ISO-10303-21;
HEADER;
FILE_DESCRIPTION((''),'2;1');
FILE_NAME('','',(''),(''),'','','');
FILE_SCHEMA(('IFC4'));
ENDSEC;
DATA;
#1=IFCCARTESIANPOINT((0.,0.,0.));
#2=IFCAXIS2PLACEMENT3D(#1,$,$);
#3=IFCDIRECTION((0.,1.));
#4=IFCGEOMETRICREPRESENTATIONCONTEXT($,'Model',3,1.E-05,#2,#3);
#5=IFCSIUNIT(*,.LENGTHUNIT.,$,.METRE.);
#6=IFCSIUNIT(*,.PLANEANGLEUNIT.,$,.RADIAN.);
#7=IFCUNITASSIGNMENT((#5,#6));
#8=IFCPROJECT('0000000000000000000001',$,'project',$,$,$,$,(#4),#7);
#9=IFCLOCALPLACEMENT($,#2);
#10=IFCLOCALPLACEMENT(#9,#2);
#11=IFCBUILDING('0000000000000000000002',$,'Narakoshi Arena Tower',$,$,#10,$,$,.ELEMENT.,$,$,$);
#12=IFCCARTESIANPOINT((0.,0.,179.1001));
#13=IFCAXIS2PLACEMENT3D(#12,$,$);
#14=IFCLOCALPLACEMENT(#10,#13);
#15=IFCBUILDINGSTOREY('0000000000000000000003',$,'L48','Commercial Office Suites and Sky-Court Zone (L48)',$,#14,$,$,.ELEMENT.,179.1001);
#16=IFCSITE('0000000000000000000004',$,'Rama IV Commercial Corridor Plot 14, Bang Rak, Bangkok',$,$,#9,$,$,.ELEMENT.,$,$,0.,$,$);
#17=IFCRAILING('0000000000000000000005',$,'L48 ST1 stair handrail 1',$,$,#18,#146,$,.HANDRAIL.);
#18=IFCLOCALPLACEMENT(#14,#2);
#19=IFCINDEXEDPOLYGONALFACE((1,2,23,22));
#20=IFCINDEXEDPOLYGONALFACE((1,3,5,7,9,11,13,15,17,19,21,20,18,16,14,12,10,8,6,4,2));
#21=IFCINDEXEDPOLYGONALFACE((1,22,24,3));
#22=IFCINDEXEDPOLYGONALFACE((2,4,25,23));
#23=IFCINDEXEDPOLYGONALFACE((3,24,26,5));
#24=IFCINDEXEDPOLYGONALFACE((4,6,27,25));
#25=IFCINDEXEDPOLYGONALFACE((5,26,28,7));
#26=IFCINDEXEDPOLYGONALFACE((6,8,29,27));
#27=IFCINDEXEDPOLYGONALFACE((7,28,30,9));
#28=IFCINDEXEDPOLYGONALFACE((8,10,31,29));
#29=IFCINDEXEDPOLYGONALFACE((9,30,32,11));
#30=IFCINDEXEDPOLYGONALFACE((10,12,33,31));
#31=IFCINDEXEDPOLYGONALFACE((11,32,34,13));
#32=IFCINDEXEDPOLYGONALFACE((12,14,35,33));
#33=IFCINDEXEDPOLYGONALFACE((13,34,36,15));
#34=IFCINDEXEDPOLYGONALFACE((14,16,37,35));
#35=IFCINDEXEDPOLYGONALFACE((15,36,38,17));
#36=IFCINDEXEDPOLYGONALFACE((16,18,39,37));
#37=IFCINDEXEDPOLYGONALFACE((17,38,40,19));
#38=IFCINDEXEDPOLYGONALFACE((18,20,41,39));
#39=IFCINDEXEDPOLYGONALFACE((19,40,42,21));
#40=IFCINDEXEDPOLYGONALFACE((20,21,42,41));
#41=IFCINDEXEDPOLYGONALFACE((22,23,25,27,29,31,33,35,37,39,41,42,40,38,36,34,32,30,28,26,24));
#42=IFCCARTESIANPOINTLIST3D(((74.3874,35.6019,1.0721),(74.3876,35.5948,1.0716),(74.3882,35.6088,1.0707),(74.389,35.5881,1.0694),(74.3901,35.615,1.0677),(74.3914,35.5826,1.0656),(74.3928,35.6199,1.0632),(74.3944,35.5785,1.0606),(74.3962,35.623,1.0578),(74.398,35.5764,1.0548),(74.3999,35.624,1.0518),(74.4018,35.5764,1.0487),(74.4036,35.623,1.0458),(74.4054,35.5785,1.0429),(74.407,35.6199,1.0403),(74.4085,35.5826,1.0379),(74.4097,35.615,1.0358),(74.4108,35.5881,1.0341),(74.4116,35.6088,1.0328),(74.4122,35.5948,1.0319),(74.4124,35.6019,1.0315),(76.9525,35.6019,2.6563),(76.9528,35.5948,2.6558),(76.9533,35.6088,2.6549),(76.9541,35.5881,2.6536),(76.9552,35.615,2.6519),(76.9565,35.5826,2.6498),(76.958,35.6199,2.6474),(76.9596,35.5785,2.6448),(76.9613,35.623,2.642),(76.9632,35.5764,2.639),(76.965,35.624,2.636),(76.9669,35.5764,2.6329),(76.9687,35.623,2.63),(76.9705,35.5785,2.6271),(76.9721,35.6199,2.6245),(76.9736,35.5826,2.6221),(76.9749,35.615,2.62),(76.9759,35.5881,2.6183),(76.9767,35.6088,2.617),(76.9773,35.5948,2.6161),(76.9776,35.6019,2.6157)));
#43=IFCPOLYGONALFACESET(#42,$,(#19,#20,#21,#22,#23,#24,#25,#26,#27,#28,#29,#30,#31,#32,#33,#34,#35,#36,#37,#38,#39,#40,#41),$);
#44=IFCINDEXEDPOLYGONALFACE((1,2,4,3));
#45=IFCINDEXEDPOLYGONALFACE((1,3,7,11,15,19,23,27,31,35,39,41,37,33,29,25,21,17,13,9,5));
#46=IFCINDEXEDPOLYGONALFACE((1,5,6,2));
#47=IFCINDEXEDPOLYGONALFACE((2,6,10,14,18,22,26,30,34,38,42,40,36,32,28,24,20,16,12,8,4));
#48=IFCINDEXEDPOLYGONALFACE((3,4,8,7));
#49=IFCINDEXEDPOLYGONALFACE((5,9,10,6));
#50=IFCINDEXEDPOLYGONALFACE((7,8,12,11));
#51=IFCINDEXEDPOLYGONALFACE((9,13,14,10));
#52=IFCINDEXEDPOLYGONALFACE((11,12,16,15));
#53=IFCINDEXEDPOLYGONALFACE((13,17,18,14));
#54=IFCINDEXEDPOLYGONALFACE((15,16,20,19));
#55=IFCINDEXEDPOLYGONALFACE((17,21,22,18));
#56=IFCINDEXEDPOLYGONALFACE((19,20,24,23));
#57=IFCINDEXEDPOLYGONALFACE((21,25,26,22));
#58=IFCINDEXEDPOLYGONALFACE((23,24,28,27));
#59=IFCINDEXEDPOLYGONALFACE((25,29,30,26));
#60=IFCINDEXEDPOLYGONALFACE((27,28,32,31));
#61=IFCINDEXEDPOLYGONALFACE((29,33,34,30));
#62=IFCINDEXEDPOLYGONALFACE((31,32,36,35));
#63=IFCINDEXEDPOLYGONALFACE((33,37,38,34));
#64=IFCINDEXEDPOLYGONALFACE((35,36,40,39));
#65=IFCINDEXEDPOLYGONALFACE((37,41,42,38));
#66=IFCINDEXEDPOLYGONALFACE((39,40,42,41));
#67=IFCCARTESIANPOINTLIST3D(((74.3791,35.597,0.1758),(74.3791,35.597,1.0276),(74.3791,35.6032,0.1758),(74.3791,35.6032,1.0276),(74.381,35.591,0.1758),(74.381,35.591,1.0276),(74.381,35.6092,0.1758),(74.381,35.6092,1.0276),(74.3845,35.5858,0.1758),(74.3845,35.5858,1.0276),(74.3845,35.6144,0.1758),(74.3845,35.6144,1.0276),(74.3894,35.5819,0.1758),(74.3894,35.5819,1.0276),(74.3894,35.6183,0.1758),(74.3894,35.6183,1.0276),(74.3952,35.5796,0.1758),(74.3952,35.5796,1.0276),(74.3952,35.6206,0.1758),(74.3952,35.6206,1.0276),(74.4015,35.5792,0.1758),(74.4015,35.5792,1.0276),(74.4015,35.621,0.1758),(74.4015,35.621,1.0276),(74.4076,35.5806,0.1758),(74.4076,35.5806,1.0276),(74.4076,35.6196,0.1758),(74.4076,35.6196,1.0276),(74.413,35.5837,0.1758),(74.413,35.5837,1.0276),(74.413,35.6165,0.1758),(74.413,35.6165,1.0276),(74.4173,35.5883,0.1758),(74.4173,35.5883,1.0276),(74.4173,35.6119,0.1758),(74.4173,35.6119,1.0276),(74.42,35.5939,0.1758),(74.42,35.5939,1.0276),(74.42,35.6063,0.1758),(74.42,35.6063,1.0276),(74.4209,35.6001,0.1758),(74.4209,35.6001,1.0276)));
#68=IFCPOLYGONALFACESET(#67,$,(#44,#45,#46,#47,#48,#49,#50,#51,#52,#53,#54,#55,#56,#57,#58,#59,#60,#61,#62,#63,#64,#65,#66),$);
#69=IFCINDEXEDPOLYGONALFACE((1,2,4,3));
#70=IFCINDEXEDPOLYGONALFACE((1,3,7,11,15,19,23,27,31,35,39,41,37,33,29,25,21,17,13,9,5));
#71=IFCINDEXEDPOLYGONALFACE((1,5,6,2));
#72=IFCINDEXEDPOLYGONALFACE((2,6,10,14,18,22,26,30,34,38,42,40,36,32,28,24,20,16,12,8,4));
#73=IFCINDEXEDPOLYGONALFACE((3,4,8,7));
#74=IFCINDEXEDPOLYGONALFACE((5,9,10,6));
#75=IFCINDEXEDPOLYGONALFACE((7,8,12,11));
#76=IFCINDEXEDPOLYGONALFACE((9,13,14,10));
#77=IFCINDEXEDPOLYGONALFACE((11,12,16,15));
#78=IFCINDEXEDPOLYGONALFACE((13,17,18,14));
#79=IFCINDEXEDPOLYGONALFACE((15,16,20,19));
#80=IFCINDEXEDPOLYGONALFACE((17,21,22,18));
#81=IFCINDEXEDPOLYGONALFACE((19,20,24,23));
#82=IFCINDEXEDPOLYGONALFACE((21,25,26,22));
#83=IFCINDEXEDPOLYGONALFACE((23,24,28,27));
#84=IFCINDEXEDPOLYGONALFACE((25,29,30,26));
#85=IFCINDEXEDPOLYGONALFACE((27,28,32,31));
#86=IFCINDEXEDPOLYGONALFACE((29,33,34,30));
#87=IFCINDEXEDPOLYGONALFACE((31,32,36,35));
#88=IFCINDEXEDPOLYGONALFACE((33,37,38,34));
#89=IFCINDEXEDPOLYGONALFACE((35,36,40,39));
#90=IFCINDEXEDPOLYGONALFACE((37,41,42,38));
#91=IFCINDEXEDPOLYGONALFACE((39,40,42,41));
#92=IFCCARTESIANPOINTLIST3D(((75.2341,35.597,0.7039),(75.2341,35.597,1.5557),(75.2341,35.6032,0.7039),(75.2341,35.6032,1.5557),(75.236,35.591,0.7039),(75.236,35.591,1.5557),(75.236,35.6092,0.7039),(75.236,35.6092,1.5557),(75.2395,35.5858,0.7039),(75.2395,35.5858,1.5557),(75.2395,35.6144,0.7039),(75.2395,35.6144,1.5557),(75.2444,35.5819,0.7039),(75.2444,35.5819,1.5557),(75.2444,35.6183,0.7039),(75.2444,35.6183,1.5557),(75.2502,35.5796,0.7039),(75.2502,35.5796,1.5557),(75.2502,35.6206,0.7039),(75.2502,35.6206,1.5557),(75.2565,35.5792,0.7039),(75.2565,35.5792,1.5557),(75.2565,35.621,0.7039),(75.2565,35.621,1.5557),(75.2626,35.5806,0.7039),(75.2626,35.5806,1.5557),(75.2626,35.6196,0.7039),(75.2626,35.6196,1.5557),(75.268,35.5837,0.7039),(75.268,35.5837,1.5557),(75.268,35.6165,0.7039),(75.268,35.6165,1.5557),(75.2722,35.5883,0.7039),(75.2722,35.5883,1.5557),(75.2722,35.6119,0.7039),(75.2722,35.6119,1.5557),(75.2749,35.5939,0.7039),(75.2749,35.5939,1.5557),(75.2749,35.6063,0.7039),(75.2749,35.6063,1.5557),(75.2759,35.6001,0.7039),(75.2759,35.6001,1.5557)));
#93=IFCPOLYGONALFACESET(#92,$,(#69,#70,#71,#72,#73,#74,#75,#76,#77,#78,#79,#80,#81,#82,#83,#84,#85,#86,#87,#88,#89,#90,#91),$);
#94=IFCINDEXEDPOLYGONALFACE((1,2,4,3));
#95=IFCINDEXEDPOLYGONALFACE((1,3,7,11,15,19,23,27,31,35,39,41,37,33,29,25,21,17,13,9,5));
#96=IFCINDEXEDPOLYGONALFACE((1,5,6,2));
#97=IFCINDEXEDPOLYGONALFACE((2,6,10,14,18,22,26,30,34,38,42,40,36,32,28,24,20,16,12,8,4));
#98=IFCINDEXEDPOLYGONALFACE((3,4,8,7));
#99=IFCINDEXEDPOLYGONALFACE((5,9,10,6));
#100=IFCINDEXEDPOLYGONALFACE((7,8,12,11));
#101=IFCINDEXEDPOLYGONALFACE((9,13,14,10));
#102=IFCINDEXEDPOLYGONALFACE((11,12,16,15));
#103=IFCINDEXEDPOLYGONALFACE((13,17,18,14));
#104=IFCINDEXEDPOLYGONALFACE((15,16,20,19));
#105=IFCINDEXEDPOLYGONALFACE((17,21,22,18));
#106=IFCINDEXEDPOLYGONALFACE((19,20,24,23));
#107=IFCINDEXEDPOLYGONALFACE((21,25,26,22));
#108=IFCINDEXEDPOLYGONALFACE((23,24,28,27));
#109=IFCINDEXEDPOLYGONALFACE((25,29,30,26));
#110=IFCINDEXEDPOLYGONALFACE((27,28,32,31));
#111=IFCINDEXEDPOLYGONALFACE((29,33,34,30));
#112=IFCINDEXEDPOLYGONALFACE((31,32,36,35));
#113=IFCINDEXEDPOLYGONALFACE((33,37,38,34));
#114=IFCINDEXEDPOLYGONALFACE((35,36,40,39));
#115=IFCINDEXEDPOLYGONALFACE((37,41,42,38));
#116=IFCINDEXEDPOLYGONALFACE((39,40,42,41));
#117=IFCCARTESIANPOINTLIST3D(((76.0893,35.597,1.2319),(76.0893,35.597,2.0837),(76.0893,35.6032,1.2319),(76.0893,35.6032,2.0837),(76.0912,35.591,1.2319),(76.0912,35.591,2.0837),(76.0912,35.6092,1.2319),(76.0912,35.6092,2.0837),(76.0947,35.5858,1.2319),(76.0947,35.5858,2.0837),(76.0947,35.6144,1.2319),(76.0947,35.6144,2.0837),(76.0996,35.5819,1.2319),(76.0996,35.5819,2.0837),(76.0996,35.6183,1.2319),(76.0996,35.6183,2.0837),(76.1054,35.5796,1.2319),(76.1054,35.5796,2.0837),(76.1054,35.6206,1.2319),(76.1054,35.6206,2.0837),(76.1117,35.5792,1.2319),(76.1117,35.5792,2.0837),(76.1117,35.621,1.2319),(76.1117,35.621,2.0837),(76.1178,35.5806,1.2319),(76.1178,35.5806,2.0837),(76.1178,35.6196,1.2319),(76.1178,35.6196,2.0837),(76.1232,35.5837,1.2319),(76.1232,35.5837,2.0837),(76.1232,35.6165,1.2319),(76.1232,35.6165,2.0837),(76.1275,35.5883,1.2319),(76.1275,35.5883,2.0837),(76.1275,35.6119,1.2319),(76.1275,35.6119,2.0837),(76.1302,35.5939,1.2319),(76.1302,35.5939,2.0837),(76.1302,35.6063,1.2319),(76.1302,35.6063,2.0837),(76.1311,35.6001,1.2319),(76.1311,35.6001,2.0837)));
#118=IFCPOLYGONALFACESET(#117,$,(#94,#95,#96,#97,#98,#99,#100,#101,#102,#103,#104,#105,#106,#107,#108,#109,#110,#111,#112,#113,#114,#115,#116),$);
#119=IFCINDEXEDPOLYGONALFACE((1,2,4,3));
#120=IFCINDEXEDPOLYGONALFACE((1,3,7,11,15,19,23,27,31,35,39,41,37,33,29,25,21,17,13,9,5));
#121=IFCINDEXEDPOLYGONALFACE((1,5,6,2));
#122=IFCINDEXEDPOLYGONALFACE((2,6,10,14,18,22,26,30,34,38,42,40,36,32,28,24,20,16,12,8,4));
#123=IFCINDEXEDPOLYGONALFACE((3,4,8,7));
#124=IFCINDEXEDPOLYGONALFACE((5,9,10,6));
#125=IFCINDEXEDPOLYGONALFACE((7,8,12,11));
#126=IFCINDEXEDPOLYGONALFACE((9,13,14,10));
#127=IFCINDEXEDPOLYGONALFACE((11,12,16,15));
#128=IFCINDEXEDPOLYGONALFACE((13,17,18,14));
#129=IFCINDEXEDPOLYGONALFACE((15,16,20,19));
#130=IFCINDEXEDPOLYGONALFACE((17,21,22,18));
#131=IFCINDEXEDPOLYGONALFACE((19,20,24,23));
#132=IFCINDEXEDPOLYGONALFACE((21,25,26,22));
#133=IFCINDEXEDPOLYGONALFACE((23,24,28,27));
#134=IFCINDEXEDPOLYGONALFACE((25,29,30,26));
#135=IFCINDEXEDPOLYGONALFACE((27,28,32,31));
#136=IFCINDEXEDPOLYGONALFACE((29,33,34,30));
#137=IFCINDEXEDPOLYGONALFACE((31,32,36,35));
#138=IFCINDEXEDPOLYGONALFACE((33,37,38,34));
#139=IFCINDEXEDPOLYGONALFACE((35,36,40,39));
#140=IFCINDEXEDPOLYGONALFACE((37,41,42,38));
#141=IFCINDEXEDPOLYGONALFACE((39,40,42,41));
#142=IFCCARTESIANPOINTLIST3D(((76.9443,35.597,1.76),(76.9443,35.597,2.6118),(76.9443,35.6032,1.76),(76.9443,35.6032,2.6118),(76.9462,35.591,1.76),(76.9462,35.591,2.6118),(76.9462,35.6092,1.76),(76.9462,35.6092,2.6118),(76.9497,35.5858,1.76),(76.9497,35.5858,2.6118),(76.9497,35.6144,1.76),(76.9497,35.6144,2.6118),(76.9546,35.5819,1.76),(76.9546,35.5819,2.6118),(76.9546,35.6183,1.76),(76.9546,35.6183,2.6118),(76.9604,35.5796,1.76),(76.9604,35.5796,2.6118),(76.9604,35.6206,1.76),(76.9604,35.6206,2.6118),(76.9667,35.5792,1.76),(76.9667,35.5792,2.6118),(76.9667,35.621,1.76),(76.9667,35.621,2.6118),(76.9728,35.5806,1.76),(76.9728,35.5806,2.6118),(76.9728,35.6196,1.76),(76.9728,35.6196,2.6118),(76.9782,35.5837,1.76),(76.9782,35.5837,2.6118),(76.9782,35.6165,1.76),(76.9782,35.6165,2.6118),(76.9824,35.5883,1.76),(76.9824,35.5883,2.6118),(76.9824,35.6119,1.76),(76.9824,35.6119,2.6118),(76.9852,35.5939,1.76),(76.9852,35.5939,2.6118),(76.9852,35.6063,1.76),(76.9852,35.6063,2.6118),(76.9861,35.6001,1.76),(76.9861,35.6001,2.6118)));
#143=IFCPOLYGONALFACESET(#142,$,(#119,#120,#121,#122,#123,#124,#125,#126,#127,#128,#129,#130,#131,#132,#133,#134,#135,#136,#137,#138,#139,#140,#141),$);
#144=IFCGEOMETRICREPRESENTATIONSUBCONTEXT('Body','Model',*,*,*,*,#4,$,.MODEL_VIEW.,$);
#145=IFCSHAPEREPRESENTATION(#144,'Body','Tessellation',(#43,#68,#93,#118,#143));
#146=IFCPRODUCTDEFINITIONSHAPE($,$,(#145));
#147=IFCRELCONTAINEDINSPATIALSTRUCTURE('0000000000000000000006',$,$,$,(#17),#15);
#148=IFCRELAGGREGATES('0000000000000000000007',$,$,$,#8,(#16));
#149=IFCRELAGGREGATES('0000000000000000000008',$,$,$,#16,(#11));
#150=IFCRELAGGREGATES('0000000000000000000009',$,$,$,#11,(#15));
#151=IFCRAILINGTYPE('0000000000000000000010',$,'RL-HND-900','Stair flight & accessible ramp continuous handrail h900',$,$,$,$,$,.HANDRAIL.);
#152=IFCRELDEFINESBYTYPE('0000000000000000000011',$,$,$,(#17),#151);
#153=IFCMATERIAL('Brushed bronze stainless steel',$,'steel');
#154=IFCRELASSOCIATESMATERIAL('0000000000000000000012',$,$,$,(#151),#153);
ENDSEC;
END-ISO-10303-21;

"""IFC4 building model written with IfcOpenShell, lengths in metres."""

from ifc_helpers import new_model, si_unit, direction, frame, origin, origin_2d, place, context, subcontext, project, spatial, circle, extrude, material, type_object, element, save


model = new_model("IFC4")

# Units and contexts
model_context = context("Model", 3, precision=1e-05, world=origin(), true_north=direction((0.0, 1.0)))
body_context = subcontext(model_context, "Body", "Model", "MODEL_VIEW")
ifc_project = project(units=[si_unit("LENGTHUNIT", "METRE"), si_unit("PLANEANGLEUNIT", "RADIAN")], contexts=[model_context])

# Site, building, storey
site_placement = place(None, origin())
site = spatial("IfcSite", under=ifc_project, at=site_placement, Name="Rama IV Commercial Corridor Plot 14, Bang Rak, Bangkok", CompositionType="ELEMENT", RefElevation=0.0)
building_placement = place(site_placement, origin())
building = spatial("IfcBuilding", under=site, at=building_placement, Name="Narakoshi Arena Tower", CompositionType="ELEMENT")
storey_placement = place(building_placement, frame((0.0, 0.0, 179.1001)))
storey = spatial("IfcBuildingStorey", under=building, at=storey_placement, Name="L48", Description="Commercial Office Suites and Sky-Court Zone (L48)", CompositionType="ELEMENT", Elevation=179.1001)

# Railing
ifc_material_1 = material(Name="Brushed bronze stainless steel", Category="steel")
railing_type_1 = type_object("IfcRailingType", Name="RL-HND-900", Description="Stair flight & accessible ramp continuous handrail h900", PredefinedType="HANDRAIL", material=ifc_material_1)
railing_1_placement = place(storey_placement, frame((74.3999, 35.6001, 0.1758)))
element("IfcRailing", 1, at=railing_1_placement, inside=storey, type_object=railing_type_1, Name="L48 ST1 stair handrail 1", PredefinedType="HANDRAIL", context=body_context, shape_type="SweptSolid", body=[
    extrude(circle(Radius=0.0239, at=origin_2d()), frame((0.0, 0.0, 0.876), z_axis=(0.85082, 0.0, 0.525457), x_axis=(0.0, 1.0, 0.0)), (0.0, 0.0, 1.0), 3.0149),
    extrude(circle(Radius=0.021, at=origin_2d()), origin(), (0.0, 0.0, 1.0), 0.8518),
    extrude(circle(Radius=0.021, at=origin_2d()), frame((0.855, 0.0, 0.5281)), (0.0, 0.0, 1.0), 0.8518),
    extrude(circle(Radius=0.021, at=origin_2d()), frame((1.7102, 0.0, 1.0562)), (0.0, 0.0, 1.0), 0.8518),
    extrude(circle(Radius=0.021, at=origin_2d()), frame((2.5652, 0.0, 1.5842)), (0.0, 0.0, 1.0), 0.8518),
])

save(model, "model.ifc")
